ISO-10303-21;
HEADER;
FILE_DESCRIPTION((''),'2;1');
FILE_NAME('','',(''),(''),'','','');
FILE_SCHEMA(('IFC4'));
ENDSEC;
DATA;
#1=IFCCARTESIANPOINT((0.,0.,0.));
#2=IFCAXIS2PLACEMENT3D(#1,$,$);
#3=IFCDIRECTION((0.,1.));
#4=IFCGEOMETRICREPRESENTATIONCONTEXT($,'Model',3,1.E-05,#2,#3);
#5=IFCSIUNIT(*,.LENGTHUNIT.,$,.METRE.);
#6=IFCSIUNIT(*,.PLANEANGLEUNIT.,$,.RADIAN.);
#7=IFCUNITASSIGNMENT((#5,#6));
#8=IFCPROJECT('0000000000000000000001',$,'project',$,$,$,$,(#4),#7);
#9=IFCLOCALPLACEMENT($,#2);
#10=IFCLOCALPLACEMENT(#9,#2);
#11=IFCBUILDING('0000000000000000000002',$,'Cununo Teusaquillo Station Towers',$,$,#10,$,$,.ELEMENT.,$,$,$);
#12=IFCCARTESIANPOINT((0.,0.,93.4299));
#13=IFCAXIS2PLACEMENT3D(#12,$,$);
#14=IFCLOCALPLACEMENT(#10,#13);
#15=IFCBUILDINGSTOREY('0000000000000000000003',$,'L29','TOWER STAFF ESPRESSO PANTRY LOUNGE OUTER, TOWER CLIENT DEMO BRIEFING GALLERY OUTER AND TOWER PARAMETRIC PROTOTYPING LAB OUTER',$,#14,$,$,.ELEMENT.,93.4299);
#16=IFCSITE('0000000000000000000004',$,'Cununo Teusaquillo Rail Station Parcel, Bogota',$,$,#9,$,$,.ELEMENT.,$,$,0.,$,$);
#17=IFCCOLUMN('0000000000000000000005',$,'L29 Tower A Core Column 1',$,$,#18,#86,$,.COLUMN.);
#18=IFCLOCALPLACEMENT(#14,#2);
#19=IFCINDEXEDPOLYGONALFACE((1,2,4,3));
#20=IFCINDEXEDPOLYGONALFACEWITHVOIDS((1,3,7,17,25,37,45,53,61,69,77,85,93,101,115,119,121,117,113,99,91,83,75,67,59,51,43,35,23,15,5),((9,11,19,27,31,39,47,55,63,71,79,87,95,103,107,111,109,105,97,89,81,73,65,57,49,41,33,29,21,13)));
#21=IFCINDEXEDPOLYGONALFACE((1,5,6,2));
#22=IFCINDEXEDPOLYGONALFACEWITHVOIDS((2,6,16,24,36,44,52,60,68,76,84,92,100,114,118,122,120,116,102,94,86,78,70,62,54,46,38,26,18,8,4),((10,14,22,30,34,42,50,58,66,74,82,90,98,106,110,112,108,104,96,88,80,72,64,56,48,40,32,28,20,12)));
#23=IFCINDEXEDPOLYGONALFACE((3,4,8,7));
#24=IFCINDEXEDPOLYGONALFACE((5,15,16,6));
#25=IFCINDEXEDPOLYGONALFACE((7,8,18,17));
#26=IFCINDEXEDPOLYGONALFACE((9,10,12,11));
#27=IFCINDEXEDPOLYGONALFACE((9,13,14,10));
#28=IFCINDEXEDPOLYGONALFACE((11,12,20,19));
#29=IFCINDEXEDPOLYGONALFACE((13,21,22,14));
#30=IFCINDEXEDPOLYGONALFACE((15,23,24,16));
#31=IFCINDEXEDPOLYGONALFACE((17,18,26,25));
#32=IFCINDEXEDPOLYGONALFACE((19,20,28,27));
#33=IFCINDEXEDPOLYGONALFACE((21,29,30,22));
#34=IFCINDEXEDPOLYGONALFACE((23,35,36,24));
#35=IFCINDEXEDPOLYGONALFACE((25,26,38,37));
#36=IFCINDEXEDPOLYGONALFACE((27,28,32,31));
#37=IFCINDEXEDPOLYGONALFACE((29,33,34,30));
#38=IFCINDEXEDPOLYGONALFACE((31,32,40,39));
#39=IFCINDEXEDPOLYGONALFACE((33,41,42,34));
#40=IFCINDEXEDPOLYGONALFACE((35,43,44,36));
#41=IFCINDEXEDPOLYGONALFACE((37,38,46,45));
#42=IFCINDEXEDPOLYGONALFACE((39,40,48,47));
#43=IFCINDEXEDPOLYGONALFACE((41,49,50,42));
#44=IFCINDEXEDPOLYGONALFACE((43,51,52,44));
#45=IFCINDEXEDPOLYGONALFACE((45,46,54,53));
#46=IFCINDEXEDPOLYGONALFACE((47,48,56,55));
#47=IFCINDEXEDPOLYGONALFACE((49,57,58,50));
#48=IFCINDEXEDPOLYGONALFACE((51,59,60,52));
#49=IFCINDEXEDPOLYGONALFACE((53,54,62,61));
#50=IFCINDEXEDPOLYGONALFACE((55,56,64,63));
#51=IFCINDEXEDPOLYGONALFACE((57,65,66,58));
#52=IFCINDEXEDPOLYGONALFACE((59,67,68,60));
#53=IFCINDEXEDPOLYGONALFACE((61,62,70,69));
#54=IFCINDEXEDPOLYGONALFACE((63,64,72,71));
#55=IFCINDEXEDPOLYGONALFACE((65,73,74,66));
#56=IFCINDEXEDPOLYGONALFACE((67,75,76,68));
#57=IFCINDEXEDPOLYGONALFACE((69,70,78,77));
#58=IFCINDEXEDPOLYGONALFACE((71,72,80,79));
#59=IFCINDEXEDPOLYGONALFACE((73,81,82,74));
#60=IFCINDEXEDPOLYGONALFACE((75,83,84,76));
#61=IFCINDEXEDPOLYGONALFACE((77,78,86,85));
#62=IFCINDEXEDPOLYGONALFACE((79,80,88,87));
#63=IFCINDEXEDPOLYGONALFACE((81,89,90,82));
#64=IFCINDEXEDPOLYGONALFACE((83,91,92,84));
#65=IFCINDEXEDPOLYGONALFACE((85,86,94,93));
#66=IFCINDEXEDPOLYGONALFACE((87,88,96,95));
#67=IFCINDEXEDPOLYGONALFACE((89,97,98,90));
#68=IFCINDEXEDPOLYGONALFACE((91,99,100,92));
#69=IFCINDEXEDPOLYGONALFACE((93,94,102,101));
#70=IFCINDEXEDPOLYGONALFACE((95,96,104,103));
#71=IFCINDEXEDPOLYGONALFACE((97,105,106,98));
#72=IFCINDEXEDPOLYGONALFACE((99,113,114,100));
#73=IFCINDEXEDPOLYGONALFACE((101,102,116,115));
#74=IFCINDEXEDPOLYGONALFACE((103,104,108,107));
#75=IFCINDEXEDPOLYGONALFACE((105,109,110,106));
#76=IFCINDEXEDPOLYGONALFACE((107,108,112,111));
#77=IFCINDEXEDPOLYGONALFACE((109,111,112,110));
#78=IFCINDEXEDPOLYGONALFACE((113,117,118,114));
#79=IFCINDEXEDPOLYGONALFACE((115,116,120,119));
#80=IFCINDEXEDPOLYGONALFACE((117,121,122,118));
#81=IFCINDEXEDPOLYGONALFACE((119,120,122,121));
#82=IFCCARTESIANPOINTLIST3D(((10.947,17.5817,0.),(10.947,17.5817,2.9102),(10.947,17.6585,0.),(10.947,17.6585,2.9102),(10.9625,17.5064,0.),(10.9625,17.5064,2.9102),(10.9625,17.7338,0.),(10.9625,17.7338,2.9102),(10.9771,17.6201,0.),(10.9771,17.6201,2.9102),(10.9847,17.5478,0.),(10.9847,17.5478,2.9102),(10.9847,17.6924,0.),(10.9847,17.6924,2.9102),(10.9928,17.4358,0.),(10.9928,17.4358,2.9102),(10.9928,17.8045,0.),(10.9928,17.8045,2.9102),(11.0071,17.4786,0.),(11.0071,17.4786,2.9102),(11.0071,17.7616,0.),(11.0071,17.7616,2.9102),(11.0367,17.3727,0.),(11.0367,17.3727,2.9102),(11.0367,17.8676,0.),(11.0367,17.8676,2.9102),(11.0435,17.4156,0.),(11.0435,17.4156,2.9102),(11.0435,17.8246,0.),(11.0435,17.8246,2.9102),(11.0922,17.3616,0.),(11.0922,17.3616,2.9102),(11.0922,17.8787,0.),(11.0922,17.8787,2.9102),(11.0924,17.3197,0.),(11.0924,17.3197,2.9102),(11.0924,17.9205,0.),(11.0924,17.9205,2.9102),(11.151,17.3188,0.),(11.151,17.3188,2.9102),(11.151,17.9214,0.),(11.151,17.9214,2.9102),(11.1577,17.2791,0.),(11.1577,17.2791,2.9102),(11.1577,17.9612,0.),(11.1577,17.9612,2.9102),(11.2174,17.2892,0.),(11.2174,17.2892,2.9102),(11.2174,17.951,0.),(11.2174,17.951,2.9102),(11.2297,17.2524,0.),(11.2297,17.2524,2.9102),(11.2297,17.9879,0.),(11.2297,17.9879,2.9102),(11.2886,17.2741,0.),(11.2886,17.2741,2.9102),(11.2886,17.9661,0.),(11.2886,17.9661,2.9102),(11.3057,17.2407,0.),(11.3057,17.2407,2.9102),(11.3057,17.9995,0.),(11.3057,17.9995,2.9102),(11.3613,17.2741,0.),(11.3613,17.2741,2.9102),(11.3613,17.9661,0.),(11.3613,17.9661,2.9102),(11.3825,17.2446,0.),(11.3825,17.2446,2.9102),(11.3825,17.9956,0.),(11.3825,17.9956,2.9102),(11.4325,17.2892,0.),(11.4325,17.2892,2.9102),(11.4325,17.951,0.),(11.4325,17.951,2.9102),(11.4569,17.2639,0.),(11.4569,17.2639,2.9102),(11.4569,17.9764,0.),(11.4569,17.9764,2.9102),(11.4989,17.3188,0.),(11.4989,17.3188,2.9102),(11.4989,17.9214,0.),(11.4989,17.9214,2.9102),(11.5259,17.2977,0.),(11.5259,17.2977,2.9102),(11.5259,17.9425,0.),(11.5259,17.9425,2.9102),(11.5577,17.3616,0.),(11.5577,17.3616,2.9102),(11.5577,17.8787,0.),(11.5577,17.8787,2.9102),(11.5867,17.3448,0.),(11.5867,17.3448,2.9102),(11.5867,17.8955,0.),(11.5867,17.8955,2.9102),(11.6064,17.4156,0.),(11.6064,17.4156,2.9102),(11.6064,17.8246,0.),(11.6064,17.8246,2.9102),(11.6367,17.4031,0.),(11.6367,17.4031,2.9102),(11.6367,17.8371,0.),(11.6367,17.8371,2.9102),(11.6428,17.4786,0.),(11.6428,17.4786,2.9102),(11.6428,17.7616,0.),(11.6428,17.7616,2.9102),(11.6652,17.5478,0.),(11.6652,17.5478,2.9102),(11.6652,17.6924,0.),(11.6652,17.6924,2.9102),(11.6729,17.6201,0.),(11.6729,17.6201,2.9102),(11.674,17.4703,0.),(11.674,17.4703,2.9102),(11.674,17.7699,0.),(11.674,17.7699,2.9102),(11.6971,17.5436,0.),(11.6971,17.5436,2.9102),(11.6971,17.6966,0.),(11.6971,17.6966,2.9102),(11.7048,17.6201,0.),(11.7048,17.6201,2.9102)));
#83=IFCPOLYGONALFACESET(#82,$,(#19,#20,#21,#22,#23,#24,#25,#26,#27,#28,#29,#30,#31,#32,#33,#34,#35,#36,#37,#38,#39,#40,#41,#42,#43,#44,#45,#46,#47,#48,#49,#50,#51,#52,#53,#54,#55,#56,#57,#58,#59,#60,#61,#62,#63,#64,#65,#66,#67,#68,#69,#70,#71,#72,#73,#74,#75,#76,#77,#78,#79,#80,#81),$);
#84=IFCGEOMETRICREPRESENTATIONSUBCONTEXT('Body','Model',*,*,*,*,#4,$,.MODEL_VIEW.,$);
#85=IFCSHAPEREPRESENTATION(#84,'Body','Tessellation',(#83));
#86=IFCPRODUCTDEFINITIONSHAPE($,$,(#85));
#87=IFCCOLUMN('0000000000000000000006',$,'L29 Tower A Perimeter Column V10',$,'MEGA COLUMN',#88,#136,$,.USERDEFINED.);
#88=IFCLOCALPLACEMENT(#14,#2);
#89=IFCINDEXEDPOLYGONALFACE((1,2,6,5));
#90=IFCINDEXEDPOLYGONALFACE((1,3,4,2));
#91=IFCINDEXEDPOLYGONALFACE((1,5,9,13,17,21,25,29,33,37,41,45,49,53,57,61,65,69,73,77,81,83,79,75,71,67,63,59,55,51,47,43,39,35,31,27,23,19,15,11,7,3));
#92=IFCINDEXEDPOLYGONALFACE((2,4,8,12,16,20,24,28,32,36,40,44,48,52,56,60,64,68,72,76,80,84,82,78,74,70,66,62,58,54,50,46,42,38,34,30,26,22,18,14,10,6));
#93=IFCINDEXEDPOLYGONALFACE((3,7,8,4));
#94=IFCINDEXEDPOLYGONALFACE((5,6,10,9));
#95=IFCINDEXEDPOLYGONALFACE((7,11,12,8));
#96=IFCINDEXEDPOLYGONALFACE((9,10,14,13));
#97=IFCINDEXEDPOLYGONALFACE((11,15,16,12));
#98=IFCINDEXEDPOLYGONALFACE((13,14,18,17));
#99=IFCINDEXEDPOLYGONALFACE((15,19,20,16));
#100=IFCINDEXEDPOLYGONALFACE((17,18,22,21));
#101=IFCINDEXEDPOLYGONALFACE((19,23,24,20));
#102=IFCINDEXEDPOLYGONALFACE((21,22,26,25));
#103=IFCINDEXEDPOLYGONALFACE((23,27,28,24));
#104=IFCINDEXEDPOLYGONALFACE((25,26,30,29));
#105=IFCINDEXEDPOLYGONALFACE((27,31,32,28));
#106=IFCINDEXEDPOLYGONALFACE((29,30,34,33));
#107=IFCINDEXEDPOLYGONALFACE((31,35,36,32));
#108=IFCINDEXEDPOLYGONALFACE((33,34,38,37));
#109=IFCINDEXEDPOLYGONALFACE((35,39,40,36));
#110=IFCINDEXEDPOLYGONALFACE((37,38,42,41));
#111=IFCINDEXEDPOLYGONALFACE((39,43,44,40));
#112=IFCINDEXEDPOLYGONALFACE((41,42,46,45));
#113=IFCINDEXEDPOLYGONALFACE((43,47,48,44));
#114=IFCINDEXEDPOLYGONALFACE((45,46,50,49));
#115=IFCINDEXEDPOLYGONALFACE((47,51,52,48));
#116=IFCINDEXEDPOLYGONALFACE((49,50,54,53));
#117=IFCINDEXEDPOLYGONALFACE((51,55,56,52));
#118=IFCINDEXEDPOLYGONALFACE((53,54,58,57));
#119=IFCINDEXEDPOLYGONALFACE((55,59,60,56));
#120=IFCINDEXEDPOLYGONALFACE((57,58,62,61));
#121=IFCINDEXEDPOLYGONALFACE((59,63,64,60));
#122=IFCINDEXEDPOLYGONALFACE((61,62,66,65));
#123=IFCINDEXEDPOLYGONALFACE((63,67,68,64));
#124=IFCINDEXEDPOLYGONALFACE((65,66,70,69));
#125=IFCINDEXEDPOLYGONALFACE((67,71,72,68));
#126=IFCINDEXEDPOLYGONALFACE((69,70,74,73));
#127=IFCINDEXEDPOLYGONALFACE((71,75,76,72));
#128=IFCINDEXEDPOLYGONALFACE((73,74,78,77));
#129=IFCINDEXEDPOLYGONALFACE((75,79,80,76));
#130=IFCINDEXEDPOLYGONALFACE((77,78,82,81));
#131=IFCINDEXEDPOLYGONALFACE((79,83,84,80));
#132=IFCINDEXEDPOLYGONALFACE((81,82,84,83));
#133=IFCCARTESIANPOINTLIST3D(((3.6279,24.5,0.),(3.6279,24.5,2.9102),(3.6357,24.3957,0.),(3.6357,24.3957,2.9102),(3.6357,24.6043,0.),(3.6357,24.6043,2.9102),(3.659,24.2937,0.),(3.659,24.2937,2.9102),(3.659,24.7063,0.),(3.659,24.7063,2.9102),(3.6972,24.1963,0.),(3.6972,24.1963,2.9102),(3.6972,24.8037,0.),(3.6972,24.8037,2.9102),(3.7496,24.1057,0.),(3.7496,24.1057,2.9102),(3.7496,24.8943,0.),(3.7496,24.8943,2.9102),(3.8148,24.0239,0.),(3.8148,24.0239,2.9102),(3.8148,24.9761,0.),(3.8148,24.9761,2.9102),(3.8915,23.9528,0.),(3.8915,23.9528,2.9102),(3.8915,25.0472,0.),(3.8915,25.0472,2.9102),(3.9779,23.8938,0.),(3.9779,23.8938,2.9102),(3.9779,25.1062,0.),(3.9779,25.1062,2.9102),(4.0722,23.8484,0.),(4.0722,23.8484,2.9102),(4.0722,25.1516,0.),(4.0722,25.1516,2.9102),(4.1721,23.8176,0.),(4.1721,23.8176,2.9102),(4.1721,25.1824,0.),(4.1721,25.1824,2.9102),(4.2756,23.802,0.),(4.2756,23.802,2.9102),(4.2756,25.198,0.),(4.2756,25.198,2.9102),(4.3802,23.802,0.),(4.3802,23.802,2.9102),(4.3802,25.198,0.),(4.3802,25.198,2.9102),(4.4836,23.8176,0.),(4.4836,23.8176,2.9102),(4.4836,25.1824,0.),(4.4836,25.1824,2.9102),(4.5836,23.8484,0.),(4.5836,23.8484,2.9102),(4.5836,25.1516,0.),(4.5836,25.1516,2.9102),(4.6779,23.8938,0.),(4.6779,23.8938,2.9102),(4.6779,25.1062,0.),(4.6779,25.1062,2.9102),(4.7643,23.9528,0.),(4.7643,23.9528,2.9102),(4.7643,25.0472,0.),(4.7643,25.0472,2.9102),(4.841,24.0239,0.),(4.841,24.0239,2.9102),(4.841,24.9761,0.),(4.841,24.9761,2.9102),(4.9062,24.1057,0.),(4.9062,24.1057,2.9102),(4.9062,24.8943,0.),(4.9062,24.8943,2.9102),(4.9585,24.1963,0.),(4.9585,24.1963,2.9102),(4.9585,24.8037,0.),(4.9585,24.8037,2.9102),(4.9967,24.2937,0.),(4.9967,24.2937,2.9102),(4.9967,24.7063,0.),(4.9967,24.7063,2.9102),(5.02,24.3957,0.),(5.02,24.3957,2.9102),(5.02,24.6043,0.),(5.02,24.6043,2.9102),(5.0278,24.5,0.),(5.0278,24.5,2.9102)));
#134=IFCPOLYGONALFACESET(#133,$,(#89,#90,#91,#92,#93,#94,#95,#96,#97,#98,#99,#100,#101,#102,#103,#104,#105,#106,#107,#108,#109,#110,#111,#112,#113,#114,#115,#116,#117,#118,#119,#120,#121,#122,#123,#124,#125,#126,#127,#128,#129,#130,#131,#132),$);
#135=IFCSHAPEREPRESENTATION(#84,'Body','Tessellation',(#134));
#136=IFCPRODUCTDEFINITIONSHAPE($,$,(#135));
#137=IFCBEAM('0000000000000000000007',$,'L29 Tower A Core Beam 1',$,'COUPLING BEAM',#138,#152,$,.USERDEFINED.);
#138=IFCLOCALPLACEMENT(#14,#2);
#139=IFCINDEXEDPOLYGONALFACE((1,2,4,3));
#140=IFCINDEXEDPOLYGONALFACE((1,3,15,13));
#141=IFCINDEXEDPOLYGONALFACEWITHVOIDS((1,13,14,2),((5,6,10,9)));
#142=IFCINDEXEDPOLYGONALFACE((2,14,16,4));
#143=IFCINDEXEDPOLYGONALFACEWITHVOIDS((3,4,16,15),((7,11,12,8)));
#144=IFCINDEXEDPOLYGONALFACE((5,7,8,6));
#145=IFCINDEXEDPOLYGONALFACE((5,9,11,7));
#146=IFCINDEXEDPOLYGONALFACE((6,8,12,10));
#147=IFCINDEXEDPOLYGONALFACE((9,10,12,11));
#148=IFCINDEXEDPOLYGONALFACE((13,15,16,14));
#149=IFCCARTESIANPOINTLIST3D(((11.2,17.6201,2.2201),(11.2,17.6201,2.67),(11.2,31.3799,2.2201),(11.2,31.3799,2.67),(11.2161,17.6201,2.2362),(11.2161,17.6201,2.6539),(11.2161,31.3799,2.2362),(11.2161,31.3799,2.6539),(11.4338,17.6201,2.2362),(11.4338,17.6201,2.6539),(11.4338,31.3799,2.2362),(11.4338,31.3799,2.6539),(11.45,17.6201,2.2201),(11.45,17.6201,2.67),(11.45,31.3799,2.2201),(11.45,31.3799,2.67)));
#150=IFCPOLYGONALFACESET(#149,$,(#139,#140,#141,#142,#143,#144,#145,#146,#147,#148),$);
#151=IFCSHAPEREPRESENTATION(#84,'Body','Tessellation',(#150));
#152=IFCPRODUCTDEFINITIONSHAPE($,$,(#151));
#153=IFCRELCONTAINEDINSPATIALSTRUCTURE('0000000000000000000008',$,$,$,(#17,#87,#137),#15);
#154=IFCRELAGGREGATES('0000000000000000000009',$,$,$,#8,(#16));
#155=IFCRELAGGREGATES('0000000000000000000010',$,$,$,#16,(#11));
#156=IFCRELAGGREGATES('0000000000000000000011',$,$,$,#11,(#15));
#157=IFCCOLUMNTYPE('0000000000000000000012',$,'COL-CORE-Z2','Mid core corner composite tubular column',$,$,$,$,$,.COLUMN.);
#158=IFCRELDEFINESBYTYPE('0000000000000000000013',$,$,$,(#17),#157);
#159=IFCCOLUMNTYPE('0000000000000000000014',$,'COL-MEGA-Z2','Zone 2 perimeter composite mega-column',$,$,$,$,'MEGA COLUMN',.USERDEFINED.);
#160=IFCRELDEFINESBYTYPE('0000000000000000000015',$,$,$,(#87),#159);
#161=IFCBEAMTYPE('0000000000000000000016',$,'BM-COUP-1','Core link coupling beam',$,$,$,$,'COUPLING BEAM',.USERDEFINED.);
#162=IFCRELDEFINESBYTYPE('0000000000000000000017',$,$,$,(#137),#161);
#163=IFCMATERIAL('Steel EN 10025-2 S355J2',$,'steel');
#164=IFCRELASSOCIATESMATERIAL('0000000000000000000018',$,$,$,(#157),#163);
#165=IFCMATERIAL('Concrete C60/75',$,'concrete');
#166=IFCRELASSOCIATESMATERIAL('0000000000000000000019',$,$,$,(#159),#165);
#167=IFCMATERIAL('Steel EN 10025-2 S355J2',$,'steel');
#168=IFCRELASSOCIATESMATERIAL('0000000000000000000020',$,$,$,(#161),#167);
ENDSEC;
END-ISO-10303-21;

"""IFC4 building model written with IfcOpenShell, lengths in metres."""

from ifc_helpers import new_model, si_unit, direction, frame, origin, origin_2d, place, context, subcontext, project, spatial, hollow_rectangle, circle, hollow_circle, extrude, material, material_profile, profile_set, type_object, element, save


model = new_model("IFC4")

# Units and contexts
model_context = context("Model", 3, precision=1e-05, world=origin(), true_north=direction((0.0, 1.0)))
body_context = subcontext(model_context, "Body", "Model", "MODEL_VIEW")
ifc_project = project(units=[si_unit("LENGTHUNIT", "METRE"), si_unit("PLANEANGLEUNIT", "RADIAN")], contexts=[model_context])

# Site, building, storey
site_placement = place(None, origin())
site = spatial("IfcSite", under=ifc_project, at=site_placement, Name="Cununo Teusaquillo Rail Station Parcel, Bogota", CompositionType="ELEMENT", RefElevation=0.0)
building_placement = place(site_placement, origin())
building = spatial("IfcBuilding", under=site, at=building_placement, Name="Cununo Teusaquillo Station Towers", CompositionType="ELEMENT")
storey_placement = place(building_placement, frame((0.0, 0.0, 93.4299)))
storey = spatial("IfcBuildingStorey", under=building, at=storey_placement, Name="L29", Description="TOWER STAFF ESPRESSO PANTRY LOUNGE OUTER, TOWER CLIENT DEMO BRIEFING GALLERY OUTER AND TOWER PARAMETRIC PROTOTYPING LAB OUTER", CompositionType="ELEMENT", Elevation=93.4299)

# Columns
ifc_material_1 = material(Name="Steel EN 10025-2 S355J2", Category="steel")
ifc_material_profile_1 = material_profile(ifc_material_1, hollow_circle(Radius=0.3799, WallThickness=0.032, at=origin_2d()), Name="CHS 760x32")
ifc_profile_set_1 = profile_set([ifc_material_profile_1], Name="Steel EN 10025-2 S355J2")
column_type_1 = type_object("IfcColumnType", Name="COL-CORE-Z2", Description="Mid core corner composite tubular column", PredefinedType="COLUMN", material=ifc_profile_set_1)
column_1_placement = place(storey_placement, frame((11.325, 17.6201, 0.0), z_axis=(0.0, 0.0, 1.0), x_axis=(1.0, 0.0, 0.0)))
element("IfcColumn", 1, at=column_1_placement, inside=storey, type_object=column_type_1, Name="L29 Tower A Core Column 1", PredefinedType="COLUMN", context=body_context, shape_type="SweptSolid", body=[
    extrude(hollow_circle(Radius=0.3799, WallThickness=0.032, at=origin_2d()), origin(), (0.0, 0.0, 1.0), 2.9102),
])
ifc_material_2 = material(Name="Concrete C60/75", Category="concrete")
ifc_material_profile_2 = material_profile(ifc_material_2, circle(Radius=0.7, at=origin_2d()), Name="RC-CIRC-1400")
ifc_profile_set_2 = profile_set([ifc_material_profile_2], Name="Concrete C60/75")
column_type_2 = type_object("IfcColumnType", Name="COL-MEGA-Z2", Description="Zone 2 perimeter composite mega-column", ElementType="MEGA COLUMN", PredefinedType="USERDEFINED", material=ifc_profile_set_2)
column_2_placement = place(storey_placement, frame((4.3279, 24.5, 0.0), z_axis=(0.0, 0.0, 1.0), x_axis=(1.0, 0.0, 0.0)))
element("IfcColumn", 2, at=column_2_placement, inside=storey, type_object=column_type_2, Name="L29 Tower A Perimeter Column V10", ObjectType="MEGA COLUMN", PredefinedType="USERDEFINED", context=body_context, shape_type="SweptSolid", body=[
    extrude(circle(Radius=0.7, at=origin_2d()), origin(), (0.0, 0.0, 1.0), 2.9102),
])

# Beam
ifc_material_3 = material(Name="Steel EN 10025-2 S355J2", Category="steel")
ifc_material_profile_3 = material_profile(ifc_material_3, hollow_rectangle(XDim=0.25, YDim=0.45, WallThickness=0.0161, at=origin_2d()), Name="RHS 450x250x16")
ifc_profile_set_3 = profile_set([ifc_material_profile_3], Name="Steel EN 10025-2 S355J2")
beam_type_1 = type_object("IfcBeamType", Name="BM-COUP-1", Description="Core link coupling beam", ElementType="COUPLING BEAM", PredefinedType="USERDEFINED", material=ifc_profile_set_3)
beam_1_placement = place(storey_placement, frame((11.325, 17.6201, 2.4451), z_axis=(0.0, 1.0, 0.0), x_axis=(-1.0, 0.0, 0.0)))
element("IfcBeam", 3, at=beam_1_placement, inside=storey, type_object=beam_type_1, Name="L29 Tower A Core Beam 1", ObjectType="COUPLING BEAM", PredefinedType="USERDEFINED", context=body_context, shape_type="SweptSolid", body=[
    extrude(hollow_rectangle(XDim=0.25, YDim=0.45, WallThickness=0.0161, at=origin_2d()), origin(), (0.0, 0.0, 1.0), 13.7598),
])

save(model, "model.ifc")
